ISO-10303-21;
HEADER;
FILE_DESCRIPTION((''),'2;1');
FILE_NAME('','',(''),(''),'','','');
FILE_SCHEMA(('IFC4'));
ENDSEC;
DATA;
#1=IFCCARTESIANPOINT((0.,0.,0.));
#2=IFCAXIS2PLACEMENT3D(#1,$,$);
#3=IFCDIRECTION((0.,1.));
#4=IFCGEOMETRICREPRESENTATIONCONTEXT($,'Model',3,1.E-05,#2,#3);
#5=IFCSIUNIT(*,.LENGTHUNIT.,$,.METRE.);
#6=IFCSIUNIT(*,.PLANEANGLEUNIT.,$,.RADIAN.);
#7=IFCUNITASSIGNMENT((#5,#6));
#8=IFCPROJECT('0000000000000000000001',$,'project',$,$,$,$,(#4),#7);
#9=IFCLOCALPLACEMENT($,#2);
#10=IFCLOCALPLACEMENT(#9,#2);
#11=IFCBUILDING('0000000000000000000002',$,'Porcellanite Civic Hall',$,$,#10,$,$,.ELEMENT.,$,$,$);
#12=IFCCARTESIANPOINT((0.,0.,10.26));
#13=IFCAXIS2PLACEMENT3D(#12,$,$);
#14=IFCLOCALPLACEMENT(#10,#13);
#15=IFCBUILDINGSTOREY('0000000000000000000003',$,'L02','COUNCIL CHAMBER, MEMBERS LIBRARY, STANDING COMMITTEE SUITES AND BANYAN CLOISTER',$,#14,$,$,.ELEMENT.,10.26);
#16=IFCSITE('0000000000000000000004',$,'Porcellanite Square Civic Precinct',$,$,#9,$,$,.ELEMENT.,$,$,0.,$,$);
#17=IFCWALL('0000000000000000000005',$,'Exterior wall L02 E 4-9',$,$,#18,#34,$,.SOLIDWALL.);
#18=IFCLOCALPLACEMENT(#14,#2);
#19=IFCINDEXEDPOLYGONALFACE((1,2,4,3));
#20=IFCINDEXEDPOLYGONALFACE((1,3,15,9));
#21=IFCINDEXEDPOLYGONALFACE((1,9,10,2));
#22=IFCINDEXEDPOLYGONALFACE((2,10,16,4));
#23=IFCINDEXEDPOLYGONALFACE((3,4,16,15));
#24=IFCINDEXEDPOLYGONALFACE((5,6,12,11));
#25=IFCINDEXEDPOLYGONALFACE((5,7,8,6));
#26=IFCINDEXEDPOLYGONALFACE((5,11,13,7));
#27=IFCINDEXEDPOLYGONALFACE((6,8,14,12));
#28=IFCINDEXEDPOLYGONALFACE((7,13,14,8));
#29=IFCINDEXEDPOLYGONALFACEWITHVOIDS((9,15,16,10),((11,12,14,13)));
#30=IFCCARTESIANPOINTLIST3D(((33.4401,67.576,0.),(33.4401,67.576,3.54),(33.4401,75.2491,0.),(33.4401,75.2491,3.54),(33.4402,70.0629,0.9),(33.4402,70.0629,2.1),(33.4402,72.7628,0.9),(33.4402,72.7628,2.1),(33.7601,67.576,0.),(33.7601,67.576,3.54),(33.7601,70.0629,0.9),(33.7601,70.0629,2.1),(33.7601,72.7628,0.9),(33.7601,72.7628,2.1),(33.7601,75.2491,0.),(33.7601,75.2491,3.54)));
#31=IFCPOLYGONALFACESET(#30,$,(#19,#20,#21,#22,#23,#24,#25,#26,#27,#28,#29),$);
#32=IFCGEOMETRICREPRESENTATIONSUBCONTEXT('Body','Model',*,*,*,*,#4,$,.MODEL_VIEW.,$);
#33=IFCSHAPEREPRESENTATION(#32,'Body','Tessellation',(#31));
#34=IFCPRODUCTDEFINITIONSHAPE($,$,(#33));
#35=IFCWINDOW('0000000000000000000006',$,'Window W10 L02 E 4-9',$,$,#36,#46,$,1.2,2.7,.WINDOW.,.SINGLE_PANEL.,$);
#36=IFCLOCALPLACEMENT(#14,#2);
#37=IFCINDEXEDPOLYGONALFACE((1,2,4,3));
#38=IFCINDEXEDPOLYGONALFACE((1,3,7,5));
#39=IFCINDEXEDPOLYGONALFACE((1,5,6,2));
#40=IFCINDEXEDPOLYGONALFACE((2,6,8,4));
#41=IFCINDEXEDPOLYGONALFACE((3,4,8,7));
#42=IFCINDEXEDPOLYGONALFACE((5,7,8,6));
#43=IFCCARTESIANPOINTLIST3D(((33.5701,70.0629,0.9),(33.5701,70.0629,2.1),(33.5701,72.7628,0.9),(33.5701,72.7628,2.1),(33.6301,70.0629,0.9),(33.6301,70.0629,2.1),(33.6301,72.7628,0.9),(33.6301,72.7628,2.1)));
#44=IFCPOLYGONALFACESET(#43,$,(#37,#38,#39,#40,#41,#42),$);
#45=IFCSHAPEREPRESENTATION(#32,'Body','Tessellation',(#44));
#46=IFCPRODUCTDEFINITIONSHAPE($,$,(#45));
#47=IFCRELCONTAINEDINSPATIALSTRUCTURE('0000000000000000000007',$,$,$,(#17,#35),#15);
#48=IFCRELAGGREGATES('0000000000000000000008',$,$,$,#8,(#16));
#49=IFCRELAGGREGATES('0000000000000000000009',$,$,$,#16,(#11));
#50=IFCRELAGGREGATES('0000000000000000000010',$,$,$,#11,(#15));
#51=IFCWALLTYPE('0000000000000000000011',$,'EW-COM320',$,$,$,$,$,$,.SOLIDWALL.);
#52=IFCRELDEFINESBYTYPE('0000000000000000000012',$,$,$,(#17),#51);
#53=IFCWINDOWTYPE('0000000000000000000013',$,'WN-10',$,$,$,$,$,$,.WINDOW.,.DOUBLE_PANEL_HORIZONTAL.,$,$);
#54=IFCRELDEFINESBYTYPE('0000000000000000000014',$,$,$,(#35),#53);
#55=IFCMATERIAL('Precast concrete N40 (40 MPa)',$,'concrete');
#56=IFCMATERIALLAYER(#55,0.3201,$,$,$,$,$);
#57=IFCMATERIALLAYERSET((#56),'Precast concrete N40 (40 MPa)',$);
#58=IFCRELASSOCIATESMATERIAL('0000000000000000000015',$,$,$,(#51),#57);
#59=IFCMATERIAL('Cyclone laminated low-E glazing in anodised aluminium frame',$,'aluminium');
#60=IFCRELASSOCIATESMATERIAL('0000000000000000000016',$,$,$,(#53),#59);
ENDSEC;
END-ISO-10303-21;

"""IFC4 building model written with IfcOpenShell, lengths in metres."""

from ifc_helpers import new_model, si_unit, direction, frame, frame_2d, origin, place, context, subcontext, project, spatial, rectangle, extrude, material, layer, layer_set, type_object, element, fill, save


model = new_model("IFC4")

# Units and contexts
model_context = context("Model", 3, precision=1e-05, world=origin(), true_north=direction((0.0, 1.0)))
body_context = subcontext(model_context, "Body", "Model", "MODEL_VIEW")
ifc_project = project(units=[si_unit("LENGTHUNIT", "METRE"), si_unit("PLANEANGLEUNIT", "RADIAN")], contexts=[model_context])

# Site, building, storey
site_placement = place(None, origin())
site = spatial("IfcSite", under=ifc_project, at=site_placement, Name="Porcellanite Square Civic Precinct", CompositionType="ELEMENT", RefElevation=0.0)
building_placement = place(site_placement, origin())
building = spatial("IfcBuilding", under=site, at=building_placement, Name="Porcellanite Civic Hall", CompositionType="ELEMENT")
storey_placement = place(building_placement, frame((0.0, 0.0, 10.26)))
storey = spatial("IfcBuildingStorey", under=building, at=storey_placement, Name="L02", Description="COUNCIL CHAMBER, MEMBERS LIBRARY, STANDING COMMITTEE SUITES AND BANYAN CLOISTER", CompositionType="ELEMENT", Elevation=10.26)

# Wall, opening, window
ifc_material_1 = material(Name="Precast concrete N40 (40 MPa)", Category="concrete")
ifc_layer_1 = layer(ifc_material_1, 0.3201)
ifc_layer_set_1 = layer_set([ifc_layer_1], Name="Precast concrete N40 (40 MPa)")
wall_type = type_object("IfcWallType", Name="EW-COM320", PredefinedType="SOLIDWALL", material=ifc_layer_set_1)
wall_1_placement = place(storey_placement, frame((33.6001, 75.249, 0.0), z_axis=(0.0, 0.0, 1.0), x_axis=(0.0, -1.0, 0.0)))
wall_1 = element("IfcWall", 1, at=wall_1_placement, inside=storey, type_object=wall_type, Name="Exterior wall L02 E 4-9", PredefinedType="SOLIDWALL", context=body_context, shape_type="SweptSolid", body=[
    extrude(rectangle(XDim=7.6731, YDim=0.3201, at=frame_2d((3.8364, 0.0))), origin(), (0.0, 0.0, 1.0), 3.54),
])
opening_1_placement = place(wall_1_placement, frame((2.4861, 0.0, 0.8999)))
opening_1 = element("IfcOpeningElement", 2, at=opening_1_placement, cuts=wall_1, PredefinedType="OPENING", context=body_context, shape_type="SweptSolid", body=[
    extrude(rectangle(XDim=2.7, YDim=1.2, at=frame_2d((1.3501, 0.6001))), frame((0.0, 0.1602, 0.0), z_axis=(0.0, -1.0, 0.0), x_axis=(1.0, 0.0, 0.0)), (0.0, 0.0, 1.0), 0.3201),
])
ifc_material_2 = material(Name="Cyclone laminated low-E glazing in anodised aluminium frame", Category="aluminium")
window_type_1 = type_object("IfcWindowType", Name="WN-10", PartitioningType="DOUBLE_PANEL_HORIZONTAL", PredefinedType="WINDOW", material=ifc_material_2)
window_1_placement = place(opening_1_placement, origin())
window_1 = element("IfcWindow", 3, at=window_1_placement, inside=storey, type_object=window_type_1, Name="Window W10 L02 E 4-9", OverallHeight=1.2, OverallWidth=2.7, PartitioningType="SINGLE_PANEL", PredefinedType="WINDOW", context=body_context, shape_type="SweptSolid", body=[
    extrude(rectangle(XDim=2.7, YDim=1.2, at=frame_2d((1.3501, 0.6001))), frame((0.0, 0.03, 0.0), z_axis=(0.0, -1.0, 0.0), x_axis=(1.0, 0.0, 0.0)), (0.0, 0.0, 1.0), 0.0601),
])
fill(opening_1, window_1)

save(model, "model.ifc")
